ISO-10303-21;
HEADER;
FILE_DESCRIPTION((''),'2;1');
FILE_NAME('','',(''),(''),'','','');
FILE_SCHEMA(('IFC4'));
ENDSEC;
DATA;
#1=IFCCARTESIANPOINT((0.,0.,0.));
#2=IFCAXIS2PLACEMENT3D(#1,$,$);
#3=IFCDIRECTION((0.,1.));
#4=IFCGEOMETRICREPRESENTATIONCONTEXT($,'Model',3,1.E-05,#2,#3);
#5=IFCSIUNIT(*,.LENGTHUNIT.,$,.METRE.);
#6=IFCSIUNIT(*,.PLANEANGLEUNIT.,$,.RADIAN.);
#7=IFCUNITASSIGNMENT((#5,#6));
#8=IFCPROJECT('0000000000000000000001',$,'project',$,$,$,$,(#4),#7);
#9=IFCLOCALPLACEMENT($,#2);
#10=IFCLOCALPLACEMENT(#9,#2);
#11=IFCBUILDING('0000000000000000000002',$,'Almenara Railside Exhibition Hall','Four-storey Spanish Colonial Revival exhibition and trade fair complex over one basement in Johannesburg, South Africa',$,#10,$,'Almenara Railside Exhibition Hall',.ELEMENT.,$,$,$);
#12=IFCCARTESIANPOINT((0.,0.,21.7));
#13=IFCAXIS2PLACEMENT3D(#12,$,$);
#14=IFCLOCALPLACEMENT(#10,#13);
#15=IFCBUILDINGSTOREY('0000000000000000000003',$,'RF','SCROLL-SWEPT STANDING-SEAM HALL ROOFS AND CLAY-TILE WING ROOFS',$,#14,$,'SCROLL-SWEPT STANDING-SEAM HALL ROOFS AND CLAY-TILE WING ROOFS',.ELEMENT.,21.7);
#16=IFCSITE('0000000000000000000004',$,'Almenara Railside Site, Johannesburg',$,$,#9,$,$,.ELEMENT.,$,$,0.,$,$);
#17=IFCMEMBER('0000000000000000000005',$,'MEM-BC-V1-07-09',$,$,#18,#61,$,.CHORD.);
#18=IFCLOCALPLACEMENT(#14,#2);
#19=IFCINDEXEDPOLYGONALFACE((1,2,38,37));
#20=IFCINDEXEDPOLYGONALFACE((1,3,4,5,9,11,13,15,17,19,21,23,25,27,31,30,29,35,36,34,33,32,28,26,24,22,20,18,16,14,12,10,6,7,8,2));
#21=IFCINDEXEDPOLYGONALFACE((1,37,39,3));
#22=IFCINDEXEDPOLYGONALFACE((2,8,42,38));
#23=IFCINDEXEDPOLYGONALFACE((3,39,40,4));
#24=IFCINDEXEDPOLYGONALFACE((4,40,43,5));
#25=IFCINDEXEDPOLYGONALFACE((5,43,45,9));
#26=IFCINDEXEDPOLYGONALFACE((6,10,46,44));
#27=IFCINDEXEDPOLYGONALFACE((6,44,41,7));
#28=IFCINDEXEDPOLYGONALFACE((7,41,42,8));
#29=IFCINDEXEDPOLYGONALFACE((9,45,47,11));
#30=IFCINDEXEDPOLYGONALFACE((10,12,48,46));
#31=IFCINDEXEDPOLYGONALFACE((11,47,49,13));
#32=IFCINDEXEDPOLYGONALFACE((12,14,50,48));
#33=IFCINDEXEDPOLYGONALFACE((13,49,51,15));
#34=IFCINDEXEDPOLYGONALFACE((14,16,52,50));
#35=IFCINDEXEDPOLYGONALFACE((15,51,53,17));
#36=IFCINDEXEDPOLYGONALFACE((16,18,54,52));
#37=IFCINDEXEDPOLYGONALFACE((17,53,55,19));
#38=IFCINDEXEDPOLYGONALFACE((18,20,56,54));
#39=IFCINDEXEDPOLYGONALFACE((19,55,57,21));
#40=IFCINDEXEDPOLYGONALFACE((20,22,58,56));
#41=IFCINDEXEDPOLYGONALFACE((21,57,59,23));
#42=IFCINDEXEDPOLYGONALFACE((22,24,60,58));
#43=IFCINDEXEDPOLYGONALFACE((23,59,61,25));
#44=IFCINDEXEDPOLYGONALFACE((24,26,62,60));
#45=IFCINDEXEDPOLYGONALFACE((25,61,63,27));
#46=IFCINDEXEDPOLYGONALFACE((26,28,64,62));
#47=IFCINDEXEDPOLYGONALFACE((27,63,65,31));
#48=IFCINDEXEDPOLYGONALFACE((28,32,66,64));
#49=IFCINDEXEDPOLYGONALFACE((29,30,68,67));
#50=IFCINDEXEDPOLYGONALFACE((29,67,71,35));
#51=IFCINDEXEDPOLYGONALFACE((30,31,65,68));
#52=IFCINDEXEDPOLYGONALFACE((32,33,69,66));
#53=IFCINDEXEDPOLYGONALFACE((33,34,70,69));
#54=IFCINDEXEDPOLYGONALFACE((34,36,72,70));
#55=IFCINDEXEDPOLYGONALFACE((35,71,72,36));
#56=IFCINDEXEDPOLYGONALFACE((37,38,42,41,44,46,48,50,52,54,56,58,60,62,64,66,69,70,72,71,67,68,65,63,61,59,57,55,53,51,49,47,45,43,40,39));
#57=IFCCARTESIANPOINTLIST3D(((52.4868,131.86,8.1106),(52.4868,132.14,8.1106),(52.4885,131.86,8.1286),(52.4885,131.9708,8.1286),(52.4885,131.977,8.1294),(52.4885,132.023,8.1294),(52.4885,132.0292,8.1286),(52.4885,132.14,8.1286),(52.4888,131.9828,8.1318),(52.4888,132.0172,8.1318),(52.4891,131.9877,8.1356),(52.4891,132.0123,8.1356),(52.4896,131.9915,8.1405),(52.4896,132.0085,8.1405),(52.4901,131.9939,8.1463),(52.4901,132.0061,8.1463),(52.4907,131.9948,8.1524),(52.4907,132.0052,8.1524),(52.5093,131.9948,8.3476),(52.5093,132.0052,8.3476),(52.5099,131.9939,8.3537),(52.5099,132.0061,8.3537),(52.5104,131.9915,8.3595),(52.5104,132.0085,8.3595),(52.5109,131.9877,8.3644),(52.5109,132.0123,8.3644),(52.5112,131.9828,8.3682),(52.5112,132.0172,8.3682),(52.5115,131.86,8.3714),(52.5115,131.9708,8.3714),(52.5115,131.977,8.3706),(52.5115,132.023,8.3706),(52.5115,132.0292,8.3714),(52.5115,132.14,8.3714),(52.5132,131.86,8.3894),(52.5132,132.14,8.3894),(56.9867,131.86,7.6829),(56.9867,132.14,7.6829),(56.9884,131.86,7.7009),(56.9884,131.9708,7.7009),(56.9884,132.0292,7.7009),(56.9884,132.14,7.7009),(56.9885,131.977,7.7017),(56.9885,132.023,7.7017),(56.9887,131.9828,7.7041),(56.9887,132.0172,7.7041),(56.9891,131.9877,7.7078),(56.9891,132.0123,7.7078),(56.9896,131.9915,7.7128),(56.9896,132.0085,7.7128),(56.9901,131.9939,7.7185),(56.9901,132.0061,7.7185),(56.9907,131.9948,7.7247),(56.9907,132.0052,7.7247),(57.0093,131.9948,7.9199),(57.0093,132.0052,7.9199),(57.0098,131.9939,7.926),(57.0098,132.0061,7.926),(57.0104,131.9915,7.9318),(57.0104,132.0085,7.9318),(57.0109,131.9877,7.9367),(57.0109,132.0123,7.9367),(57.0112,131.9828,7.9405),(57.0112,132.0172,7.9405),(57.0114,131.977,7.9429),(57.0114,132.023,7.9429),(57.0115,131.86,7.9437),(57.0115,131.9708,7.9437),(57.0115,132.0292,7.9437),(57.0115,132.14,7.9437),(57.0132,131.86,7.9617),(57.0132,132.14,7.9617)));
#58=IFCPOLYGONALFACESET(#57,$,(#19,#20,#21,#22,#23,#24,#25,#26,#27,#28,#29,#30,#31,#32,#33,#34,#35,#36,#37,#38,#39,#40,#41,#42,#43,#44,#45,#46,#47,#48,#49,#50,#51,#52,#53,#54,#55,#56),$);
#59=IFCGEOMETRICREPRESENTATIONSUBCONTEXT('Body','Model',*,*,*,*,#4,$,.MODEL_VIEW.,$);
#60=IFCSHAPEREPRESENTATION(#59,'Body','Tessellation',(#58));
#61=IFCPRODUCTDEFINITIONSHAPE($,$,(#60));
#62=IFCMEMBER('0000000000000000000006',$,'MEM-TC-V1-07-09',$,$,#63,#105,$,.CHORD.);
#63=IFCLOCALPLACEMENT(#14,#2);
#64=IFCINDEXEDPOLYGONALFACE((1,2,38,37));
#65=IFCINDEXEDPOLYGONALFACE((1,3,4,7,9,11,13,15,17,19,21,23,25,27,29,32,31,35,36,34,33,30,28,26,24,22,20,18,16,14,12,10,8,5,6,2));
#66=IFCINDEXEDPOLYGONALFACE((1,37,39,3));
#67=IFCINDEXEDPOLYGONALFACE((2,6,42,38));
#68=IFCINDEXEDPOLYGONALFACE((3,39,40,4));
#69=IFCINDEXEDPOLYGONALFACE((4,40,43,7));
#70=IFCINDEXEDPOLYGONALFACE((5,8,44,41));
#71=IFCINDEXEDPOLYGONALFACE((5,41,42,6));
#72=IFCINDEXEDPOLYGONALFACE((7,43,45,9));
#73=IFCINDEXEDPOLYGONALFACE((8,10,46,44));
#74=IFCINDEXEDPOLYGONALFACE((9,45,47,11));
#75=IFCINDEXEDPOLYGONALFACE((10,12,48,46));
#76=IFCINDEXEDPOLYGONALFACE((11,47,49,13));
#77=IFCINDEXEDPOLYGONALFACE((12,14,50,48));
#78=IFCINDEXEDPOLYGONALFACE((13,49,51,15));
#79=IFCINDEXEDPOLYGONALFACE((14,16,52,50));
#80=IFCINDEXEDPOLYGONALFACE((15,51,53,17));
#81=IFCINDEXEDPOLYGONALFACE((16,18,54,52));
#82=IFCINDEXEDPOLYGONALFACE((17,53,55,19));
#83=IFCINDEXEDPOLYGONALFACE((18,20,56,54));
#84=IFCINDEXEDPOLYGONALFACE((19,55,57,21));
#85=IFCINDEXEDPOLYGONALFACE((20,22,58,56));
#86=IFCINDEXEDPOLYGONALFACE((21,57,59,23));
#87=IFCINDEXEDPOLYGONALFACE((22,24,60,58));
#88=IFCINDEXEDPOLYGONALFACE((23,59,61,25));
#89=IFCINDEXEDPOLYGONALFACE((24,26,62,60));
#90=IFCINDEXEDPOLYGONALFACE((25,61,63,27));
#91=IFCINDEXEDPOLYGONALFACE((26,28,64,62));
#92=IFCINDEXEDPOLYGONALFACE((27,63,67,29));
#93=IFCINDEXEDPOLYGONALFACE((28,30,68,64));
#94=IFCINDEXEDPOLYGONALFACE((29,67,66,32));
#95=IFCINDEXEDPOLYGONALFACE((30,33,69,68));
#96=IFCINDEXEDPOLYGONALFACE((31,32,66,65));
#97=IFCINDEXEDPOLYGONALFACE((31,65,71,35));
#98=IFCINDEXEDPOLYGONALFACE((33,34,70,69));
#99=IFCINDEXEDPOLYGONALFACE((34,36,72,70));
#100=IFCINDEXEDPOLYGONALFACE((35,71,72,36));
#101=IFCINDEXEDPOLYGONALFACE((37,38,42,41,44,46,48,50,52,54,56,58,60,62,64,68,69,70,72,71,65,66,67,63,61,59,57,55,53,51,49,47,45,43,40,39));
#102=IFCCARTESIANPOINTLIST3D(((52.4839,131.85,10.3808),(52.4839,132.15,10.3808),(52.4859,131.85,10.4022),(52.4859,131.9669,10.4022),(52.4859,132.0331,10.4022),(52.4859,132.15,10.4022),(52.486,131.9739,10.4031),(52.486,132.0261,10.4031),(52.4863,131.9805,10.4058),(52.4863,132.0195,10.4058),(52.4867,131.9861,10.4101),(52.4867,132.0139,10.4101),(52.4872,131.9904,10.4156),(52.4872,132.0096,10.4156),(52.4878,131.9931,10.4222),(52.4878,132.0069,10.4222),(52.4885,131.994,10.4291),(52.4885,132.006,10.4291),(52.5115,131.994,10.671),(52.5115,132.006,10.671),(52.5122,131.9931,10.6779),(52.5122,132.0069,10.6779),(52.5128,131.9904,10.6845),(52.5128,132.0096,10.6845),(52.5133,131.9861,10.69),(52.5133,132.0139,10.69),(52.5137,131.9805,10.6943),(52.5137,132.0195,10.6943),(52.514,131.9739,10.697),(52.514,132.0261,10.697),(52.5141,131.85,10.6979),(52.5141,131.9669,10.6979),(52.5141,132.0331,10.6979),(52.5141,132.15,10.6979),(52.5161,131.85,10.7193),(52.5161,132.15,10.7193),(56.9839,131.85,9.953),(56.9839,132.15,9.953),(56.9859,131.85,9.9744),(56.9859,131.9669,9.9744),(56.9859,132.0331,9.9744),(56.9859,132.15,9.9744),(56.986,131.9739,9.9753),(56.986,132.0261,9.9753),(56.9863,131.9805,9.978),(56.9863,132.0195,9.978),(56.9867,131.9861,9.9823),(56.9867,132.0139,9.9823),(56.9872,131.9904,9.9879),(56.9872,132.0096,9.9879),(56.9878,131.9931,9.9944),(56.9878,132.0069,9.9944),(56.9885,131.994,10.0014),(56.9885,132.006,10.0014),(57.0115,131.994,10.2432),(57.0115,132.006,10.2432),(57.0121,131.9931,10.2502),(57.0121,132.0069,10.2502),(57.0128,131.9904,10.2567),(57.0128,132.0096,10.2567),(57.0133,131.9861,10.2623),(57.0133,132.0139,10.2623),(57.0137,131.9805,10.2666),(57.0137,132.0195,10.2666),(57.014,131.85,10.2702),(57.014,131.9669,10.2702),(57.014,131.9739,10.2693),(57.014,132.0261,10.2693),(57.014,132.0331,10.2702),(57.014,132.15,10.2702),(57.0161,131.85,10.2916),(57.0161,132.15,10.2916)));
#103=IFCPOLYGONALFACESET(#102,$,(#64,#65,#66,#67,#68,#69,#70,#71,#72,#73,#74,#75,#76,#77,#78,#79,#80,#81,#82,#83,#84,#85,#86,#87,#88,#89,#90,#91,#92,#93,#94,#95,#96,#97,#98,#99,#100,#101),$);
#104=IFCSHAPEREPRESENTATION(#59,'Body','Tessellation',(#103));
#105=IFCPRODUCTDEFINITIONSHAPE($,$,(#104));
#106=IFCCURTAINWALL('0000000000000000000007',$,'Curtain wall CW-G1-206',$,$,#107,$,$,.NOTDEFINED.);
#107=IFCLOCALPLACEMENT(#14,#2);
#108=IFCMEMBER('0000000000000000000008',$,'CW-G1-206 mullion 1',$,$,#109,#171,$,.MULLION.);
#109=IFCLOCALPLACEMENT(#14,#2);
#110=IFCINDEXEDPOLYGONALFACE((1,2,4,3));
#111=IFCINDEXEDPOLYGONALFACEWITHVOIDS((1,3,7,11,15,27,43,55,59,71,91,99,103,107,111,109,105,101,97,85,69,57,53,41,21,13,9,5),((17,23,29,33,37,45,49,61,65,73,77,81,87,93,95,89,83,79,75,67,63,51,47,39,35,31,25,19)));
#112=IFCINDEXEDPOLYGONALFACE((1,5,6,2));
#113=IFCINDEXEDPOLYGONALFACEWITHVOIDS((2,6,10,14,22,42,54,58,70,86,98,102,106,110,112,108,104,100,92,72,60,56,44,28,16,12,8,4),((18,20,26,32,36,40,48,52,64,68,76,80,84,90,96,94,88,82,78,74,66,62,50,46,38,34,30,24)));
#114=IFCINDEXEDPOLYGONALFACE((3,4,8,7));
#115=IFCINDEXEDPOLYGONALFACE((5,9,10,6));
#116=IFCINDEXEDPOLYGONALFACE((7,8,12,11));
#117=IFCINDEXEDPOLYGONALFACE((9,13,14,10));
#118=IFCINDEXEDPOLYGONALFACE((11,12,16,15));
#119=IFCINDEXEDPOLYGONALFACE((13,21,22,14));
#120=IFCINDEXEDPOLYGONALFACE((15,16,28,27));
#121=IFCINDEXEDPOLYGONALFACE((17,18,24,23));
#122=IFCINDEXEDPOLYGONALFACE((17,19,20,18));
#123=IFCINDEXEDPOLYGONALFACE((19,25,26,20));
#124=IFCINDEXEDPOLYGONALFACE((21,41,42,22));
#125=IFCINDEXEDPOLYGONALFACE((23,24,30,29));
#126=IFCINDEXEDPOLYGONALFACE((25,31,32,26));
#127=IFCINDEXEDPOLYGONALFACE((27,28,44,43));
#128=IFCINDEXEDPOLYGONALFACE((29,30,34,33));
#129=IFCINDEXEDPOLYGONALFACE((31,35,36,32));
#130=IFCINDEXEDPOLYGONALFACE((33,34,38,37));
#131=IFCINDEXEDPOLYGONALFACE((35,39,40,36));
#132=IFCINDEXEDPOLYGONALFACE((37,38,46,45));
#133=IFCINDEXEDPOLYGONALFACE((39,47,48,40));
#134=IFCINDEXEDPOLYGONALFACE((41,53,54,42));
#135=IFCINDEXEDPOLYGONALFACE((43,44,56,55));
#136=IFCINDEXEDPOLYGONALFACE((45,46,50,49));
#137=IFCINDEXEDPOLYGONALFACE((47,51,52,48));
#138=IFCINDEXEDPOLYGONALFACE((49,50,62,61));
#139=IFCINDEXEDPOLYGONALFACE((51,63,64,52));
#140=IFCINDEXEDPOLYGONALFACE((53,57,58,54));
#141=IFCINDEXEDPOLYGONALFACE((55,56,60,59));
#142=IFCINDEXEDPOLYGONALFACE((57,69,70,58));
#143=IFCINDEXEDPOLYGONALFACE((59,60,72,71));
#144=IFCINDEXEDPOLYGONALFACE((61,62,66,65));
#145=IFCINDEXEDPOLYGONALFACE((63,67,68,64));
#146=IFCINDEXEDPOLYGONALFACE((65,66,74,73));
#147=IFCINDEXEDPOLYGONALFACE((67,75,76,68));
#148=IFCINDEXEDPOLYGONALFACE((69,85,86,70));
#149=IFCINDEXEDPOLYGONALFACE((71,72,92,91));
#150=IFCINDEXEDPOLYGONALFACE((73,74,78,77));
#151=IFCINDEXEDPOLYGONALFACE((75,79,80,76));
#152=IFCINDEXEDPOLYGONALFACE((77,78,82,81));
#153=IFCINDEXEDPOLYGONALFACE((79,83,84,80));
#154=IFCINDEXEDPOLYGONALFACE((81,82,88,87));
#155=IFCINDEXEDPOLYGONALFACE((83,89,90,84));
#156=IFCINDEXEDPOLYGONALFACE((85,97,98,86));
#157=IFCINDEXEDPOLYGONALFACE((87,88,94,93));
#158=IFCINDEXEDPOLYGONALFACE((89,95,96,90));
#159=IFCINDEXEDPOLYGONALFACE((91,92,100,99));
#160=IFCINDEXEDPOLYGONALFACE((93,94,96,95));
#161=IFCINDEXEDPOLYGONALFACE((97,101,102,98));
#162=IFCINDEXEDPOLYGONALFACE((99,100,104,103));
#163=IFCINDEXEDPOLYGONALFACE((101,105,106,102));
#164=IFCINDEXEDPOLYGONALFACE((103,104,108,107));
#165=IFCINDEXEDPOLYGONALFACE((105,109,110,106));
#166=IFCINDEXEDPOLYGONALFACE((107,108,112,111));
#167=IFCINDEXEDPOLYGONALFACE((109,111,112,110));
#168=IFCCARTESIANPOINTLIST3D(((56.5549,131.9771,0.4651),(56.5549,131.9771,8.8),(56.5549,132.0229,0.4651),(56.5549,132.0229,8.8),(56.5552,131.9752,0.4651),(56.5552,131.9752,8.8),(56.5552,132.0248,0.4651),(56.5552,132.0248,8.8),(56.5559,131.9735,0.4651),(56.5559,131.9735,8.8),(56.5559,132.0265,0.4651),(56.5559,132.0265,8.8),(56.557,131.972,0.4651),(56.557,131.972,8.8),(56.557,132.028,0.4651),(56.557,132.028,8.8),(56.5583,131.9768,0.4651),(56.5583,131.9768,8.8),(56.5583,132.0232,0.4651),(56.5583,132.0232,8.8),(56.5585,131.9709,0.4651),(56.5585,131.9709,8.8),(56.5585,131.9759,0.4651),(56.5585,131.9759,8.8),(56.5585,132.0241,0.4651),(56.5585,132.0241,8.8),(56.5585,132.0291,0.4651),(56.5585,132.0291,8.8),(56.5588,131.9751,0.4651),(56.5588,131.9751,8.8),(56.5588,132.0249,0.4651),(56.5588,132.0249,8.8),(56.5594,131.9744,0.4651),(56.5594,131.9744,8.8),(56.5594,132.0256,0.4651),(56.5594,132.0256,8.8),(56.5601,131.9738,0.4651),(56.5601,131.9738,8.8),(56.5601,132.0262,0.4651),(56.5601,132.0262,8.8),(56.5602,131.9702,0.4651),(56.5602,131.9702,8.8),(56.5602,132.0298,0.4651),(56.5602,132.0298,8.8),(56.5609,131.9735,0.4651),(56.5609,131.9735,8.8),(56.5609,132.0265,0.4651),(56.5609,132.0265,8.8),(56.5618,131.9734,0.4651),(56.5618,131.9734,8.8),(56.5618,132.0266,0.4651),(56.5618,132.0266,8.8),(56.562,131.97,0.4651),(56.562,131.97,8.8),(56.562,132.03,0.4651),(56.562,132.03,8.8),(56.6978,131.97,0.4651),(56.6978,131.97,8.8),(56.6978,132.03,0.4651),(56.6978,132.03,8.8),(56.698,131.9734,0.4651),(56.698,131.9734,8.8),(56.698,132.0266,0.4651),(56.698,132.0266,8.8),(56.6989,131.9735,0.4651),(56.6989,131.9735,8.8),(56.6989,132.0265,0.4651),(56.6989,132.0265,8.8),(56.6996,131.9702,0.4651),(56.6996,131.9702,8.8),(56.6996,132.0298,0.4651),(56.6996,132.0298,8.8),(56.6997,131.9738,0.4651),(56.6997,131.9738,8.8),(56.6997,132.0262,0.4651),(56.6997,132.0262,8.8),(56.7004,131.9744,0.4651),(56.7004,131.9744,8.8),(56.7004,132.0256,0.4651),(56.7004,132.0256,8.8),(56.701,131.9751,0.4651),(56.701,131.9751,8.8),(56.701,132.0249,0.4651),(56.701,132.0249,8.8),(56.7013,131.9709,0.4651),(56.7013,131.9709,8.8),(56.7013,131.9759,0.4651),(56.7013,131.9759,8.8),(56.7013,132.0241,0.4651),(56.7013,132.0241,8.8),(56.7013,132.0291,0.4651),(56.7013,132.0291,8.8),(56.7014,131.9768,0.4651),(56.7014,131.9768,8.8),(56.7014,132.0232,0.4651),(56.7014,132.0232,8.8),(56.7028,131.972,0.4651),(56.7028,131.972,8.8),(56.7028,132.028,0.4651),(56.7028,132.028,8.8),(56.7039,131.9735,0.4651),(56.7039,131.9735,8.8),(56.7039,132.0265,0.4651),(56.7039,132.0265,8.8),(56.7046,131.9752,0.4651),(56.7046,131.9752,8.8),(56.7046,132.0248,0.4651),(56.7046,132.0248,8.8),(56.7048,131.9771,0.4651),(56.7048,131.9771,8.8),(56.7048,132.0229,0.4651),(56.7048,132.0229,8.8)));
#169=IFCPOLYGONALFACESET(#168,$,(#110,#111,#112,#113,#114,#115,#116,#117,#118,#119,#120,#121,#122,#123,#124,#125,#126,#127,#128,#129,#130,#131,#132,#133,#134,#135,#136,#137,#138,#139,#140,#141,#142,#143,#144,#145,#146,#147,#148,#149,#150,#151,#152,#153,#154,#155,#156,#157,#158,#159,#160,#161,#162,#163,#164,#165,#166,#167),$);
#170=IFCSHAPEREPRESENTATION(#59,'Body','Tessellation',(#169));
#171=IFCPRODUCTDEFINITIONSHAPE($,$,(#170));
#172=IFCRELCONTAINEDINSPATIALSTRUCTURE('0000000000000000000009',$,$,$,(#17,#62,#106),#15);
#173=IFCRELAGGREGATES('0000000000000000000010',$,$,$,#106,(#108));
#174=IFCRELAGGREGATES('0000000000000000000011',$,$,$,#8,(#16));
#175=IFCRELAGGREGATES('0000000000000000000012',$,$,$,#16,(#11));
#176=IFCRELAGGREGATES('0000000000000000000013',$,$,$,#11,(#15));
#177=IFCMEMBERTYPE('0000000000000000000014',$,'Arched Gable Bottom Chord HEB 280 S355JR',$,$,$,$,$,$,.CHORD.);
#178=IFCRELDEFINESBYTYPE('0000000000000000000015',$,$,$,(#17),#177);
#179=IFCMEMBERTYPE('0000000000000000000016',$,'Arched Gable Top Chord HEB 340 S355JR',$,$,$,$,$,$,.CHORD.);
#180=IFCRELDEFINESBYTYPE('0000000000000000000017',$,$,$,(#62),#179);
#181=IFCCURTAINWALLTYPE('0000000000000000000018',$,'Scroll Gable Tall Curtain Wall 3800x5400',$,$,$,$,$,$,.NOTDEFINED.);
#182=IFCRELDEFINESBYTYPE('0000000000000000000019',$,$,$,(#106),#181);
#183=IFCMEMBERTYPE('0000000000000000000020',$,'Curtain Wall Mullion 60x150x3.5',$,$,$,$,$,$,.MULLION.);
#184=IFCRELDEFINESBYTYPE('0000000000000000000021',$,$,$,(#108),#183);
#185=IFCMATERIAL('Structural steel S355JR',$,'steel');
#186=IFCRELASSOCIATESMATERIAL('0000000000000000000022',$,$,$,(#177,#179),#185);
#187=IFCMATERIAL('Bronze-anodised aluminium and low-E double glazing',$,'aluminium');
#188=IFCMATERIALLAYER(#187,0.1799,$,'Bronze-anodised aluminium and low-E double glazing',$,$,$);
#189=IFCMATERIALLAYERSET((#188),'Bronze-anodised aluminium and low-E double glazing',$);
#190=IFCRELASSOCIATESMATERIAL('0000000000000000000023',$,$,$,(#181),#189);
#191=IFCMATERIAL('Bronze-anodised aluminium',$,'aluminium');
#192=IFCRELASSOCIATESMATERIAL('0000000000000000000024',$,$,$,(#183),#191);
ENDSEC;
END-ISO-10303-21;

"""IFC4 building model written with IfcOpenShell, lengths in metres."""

from ifc_helpers import new_model, si_unit, direction, frame, origin, origin_2d, place, context, subcontext, project, spatial, hollow_rectangle, i_section, extrude, material, layer, layer_set, material_profile, profile_set, type_object, element, aggregate, save


model = new_model("IFC4")

# Units and contexts
model_context = context("Model", 3, precision=1e-05, world=origin(), true_north=direction((0.0, 1.0)))
body_context = subcontext(model_context, "Body", "Model", "MODEL_VIEW")
ifc_project = project(units=[si_unit("LENGTHUNIT", "METRE"), si_unit("PLANEANGLEUNIT", "RADIAN")], contexts=[model_context])

# Site, building, storey
site_placement = place(None, origin())
site = spatial("IfcSite", under=ifc_project, at=site_placement, Name="Almenara Railside Site, Johannesburg", CompositionType="ELEMENT", RefElevation=0.0)
building_placement = place(site_placement, origin())
building = spatial("IfcBuilding", under=site, at=building_placement, Name="Almenara Railside Exhibition Hall", Description="Four-storey Spanish Colonial Revival exhibition and trade fair complex over one basement in Johannesburg, South Africa", LongName="Almenara Railside Exhibition Hall", CompositionType="ELEMENT")
storey_placement = place(building_placement, frame((0.0, 0.0, 21.7)))
storey = spatial("IfcBuildingStorey", under=building, at=storey_placement, Name="RF", Description="SCROLL-SWEPT STANDING-SEAM HALL ROOFS AND CLAY-TILE WING ROOFS", LongName="SCROLL-SWEPT STANDING-SEAM HALL ROOFS AND CLAY-TILE WING ROOFS", CompositionType="ELEMENT", Elevation=21.7)

# Members
ifc_material_1 = material(Name="Structural steel S355JR", Category="steel")
ifc_material_profile_1 = material_profile(ifc_material_1, i_section(OverallWidth=0.28, OverallDepth=0.28, WebThickness=0.0105, FlangeThickness=0.0181, FilletRadius=0.0239, at=origin_2d()), Name="HEB 280")
ifc_profile_set_1 = profile_set([ifc_material_profile_1], Name="Structural steel S355JR")
member_type_1 = type_object("IfcMemberType", Name="Arched Gable Bottom Chord HEB 280 S355JR", PredefinedType="CHORD", material=ifc_profile_set_1)
member_1_placement = place(storey_placement, frame((52.5, 132.0, 8.25), z_axis=(0.995513, 0.0, -0.094626), x_axis=(0.0, 1.0, 0.0)))
element("IfcMember", 1, at=member_1_placement, inside=storey, type_object=member_type_1, Name="MEM-BC-V1-07-09", PredefinedType="CHORD", context=body_context, shape_type="SweptSolid", body=[
    extrude(i_section(OverallWidth=0.28, OverallDepth=0.28, WebThickness=0.0105, FlangeThickness=0.0181, FilletRadius=0.0239, at=origin_2d()), origin(), (0.0, 0.0, 1.0), 4.5203),
])
ifc_material_profile_2 = material_profile(ifc_material_1, i_section(OverallWidth=0.3, OverallDepth=0.3401, WebThickness=0.012, FlangeThickness=0.0215, FilletRadius=0.0271, at=origin_2d()), Name="HEB 340")
ifc_profile_set_2 = profile_set([ifc_material_profile_2], Name="Structural steel S355JR")
member_type_2 = type_object("IfcMemberType", Name="Arched Gable Top Chord HEB 340 S355JR", PredefinedType="CHORD", material=ifc_profile_set_2)
member_2_placement = place(storey_placement, frame((52.5, 132.0, 10.55), z_axis=(0.995513, 0.0, -0.094626), x_axis=(0.0, 1.0, 0.0)))
element("IfcMember", 2, at=member_2_placement, inside=storey, type_object=member_type_2, Name="MEM-TC-V1-07-09", PredefinedType="CHORD", context=body_context, shape_type="SweptSolid", body=[
    extrude(i_section(OverallWidth=0.3, OverallDepth=0.3401, WebThickness=0.012, FlangeThickness=0.0215, FilletRadius=0.0271, at=origin_2d()), origin(), (0.0, 0.0, 1.0), 4.5203),
])

# Curtain wall, member
ifc_material_2 = material(Name="Bronze-anodised aluminium and low-E double glazing", Category="aluminium")
ifc_layer_1 = layer(ifc_material_2, 0.1799, Name="Bronze-anodised aluminium and low-E double glazing")
ifc_layer_set_1 = layer_set([ifc_layer_1], Name="Bronze-anodised aluminium and low-E double glazing")
curtain_wall_type = type_object("IfcCurtainWallType", Name="Scroll Gable Tall Curtain Wall 3800x5400", PredefinedType="NOTDEFINED", material=ifc_layer_set_1)
curtain_wall_1_placement = place(storey_placement, origin())
curtain_wall_1 = element("IfcCurtainWall", 3, at=curtain_wall_1_placement, inside=storey, type_object=curtain_wall_type, Name="Curtain wall CW-G1-206", PredefinedType="NOTDEFINED")
ifc_material_3 = material(Name="Bronze-anodised aluminium", Category="aluminium")
ifc_material_profile_3 = material_profile(ifc_material_3, hollow_rectangle(XDim=0.0601, YDim=0.1499, WallThickness=0.0034, InnerFilletRadius=0.0034, OuterFilletRadius=0.0071, at=origin_2d()), Name="ALU-MUL 60x150x3.5")
ifc_profile_set_3 = profile_set([ifc_material_profile_3], Name="Bronze-anodised aluminium")
member_type_3 = type_object("IfcMemberType", Name="Curtain Wall Mullion 60x150x3.5", PredefinedType="MULLION", material=ifc_profile_set_3)
member_3_placement = place(storey_placement, frame((56.6299, 132.0, 0.4651), z_axis=(0.0, 0.0, 1.0), x_axis=(0.0, 1.0, 0.0)))
member_3 = element("IfcMember", 4, at=member_3_placement, type_object=member_type_3, Name="CW-G1-206 mullion 1", PredefinedType="MULLION", context=body_context, shape_type="SweptSolid", body=[
    extrude(hollow_rectangle(XDim=0.0601, YDim=0.1499, WallThickness=0.0034, InnerFilletRadius=0.0034, OuterFilletRadius=0.0071, at=origin_2d()), origin(), (0.0, 0.0, 1.0), 8.335),
])

aggregate(curtain_wall_1, [member_3])

save(model, "model.ifc")
